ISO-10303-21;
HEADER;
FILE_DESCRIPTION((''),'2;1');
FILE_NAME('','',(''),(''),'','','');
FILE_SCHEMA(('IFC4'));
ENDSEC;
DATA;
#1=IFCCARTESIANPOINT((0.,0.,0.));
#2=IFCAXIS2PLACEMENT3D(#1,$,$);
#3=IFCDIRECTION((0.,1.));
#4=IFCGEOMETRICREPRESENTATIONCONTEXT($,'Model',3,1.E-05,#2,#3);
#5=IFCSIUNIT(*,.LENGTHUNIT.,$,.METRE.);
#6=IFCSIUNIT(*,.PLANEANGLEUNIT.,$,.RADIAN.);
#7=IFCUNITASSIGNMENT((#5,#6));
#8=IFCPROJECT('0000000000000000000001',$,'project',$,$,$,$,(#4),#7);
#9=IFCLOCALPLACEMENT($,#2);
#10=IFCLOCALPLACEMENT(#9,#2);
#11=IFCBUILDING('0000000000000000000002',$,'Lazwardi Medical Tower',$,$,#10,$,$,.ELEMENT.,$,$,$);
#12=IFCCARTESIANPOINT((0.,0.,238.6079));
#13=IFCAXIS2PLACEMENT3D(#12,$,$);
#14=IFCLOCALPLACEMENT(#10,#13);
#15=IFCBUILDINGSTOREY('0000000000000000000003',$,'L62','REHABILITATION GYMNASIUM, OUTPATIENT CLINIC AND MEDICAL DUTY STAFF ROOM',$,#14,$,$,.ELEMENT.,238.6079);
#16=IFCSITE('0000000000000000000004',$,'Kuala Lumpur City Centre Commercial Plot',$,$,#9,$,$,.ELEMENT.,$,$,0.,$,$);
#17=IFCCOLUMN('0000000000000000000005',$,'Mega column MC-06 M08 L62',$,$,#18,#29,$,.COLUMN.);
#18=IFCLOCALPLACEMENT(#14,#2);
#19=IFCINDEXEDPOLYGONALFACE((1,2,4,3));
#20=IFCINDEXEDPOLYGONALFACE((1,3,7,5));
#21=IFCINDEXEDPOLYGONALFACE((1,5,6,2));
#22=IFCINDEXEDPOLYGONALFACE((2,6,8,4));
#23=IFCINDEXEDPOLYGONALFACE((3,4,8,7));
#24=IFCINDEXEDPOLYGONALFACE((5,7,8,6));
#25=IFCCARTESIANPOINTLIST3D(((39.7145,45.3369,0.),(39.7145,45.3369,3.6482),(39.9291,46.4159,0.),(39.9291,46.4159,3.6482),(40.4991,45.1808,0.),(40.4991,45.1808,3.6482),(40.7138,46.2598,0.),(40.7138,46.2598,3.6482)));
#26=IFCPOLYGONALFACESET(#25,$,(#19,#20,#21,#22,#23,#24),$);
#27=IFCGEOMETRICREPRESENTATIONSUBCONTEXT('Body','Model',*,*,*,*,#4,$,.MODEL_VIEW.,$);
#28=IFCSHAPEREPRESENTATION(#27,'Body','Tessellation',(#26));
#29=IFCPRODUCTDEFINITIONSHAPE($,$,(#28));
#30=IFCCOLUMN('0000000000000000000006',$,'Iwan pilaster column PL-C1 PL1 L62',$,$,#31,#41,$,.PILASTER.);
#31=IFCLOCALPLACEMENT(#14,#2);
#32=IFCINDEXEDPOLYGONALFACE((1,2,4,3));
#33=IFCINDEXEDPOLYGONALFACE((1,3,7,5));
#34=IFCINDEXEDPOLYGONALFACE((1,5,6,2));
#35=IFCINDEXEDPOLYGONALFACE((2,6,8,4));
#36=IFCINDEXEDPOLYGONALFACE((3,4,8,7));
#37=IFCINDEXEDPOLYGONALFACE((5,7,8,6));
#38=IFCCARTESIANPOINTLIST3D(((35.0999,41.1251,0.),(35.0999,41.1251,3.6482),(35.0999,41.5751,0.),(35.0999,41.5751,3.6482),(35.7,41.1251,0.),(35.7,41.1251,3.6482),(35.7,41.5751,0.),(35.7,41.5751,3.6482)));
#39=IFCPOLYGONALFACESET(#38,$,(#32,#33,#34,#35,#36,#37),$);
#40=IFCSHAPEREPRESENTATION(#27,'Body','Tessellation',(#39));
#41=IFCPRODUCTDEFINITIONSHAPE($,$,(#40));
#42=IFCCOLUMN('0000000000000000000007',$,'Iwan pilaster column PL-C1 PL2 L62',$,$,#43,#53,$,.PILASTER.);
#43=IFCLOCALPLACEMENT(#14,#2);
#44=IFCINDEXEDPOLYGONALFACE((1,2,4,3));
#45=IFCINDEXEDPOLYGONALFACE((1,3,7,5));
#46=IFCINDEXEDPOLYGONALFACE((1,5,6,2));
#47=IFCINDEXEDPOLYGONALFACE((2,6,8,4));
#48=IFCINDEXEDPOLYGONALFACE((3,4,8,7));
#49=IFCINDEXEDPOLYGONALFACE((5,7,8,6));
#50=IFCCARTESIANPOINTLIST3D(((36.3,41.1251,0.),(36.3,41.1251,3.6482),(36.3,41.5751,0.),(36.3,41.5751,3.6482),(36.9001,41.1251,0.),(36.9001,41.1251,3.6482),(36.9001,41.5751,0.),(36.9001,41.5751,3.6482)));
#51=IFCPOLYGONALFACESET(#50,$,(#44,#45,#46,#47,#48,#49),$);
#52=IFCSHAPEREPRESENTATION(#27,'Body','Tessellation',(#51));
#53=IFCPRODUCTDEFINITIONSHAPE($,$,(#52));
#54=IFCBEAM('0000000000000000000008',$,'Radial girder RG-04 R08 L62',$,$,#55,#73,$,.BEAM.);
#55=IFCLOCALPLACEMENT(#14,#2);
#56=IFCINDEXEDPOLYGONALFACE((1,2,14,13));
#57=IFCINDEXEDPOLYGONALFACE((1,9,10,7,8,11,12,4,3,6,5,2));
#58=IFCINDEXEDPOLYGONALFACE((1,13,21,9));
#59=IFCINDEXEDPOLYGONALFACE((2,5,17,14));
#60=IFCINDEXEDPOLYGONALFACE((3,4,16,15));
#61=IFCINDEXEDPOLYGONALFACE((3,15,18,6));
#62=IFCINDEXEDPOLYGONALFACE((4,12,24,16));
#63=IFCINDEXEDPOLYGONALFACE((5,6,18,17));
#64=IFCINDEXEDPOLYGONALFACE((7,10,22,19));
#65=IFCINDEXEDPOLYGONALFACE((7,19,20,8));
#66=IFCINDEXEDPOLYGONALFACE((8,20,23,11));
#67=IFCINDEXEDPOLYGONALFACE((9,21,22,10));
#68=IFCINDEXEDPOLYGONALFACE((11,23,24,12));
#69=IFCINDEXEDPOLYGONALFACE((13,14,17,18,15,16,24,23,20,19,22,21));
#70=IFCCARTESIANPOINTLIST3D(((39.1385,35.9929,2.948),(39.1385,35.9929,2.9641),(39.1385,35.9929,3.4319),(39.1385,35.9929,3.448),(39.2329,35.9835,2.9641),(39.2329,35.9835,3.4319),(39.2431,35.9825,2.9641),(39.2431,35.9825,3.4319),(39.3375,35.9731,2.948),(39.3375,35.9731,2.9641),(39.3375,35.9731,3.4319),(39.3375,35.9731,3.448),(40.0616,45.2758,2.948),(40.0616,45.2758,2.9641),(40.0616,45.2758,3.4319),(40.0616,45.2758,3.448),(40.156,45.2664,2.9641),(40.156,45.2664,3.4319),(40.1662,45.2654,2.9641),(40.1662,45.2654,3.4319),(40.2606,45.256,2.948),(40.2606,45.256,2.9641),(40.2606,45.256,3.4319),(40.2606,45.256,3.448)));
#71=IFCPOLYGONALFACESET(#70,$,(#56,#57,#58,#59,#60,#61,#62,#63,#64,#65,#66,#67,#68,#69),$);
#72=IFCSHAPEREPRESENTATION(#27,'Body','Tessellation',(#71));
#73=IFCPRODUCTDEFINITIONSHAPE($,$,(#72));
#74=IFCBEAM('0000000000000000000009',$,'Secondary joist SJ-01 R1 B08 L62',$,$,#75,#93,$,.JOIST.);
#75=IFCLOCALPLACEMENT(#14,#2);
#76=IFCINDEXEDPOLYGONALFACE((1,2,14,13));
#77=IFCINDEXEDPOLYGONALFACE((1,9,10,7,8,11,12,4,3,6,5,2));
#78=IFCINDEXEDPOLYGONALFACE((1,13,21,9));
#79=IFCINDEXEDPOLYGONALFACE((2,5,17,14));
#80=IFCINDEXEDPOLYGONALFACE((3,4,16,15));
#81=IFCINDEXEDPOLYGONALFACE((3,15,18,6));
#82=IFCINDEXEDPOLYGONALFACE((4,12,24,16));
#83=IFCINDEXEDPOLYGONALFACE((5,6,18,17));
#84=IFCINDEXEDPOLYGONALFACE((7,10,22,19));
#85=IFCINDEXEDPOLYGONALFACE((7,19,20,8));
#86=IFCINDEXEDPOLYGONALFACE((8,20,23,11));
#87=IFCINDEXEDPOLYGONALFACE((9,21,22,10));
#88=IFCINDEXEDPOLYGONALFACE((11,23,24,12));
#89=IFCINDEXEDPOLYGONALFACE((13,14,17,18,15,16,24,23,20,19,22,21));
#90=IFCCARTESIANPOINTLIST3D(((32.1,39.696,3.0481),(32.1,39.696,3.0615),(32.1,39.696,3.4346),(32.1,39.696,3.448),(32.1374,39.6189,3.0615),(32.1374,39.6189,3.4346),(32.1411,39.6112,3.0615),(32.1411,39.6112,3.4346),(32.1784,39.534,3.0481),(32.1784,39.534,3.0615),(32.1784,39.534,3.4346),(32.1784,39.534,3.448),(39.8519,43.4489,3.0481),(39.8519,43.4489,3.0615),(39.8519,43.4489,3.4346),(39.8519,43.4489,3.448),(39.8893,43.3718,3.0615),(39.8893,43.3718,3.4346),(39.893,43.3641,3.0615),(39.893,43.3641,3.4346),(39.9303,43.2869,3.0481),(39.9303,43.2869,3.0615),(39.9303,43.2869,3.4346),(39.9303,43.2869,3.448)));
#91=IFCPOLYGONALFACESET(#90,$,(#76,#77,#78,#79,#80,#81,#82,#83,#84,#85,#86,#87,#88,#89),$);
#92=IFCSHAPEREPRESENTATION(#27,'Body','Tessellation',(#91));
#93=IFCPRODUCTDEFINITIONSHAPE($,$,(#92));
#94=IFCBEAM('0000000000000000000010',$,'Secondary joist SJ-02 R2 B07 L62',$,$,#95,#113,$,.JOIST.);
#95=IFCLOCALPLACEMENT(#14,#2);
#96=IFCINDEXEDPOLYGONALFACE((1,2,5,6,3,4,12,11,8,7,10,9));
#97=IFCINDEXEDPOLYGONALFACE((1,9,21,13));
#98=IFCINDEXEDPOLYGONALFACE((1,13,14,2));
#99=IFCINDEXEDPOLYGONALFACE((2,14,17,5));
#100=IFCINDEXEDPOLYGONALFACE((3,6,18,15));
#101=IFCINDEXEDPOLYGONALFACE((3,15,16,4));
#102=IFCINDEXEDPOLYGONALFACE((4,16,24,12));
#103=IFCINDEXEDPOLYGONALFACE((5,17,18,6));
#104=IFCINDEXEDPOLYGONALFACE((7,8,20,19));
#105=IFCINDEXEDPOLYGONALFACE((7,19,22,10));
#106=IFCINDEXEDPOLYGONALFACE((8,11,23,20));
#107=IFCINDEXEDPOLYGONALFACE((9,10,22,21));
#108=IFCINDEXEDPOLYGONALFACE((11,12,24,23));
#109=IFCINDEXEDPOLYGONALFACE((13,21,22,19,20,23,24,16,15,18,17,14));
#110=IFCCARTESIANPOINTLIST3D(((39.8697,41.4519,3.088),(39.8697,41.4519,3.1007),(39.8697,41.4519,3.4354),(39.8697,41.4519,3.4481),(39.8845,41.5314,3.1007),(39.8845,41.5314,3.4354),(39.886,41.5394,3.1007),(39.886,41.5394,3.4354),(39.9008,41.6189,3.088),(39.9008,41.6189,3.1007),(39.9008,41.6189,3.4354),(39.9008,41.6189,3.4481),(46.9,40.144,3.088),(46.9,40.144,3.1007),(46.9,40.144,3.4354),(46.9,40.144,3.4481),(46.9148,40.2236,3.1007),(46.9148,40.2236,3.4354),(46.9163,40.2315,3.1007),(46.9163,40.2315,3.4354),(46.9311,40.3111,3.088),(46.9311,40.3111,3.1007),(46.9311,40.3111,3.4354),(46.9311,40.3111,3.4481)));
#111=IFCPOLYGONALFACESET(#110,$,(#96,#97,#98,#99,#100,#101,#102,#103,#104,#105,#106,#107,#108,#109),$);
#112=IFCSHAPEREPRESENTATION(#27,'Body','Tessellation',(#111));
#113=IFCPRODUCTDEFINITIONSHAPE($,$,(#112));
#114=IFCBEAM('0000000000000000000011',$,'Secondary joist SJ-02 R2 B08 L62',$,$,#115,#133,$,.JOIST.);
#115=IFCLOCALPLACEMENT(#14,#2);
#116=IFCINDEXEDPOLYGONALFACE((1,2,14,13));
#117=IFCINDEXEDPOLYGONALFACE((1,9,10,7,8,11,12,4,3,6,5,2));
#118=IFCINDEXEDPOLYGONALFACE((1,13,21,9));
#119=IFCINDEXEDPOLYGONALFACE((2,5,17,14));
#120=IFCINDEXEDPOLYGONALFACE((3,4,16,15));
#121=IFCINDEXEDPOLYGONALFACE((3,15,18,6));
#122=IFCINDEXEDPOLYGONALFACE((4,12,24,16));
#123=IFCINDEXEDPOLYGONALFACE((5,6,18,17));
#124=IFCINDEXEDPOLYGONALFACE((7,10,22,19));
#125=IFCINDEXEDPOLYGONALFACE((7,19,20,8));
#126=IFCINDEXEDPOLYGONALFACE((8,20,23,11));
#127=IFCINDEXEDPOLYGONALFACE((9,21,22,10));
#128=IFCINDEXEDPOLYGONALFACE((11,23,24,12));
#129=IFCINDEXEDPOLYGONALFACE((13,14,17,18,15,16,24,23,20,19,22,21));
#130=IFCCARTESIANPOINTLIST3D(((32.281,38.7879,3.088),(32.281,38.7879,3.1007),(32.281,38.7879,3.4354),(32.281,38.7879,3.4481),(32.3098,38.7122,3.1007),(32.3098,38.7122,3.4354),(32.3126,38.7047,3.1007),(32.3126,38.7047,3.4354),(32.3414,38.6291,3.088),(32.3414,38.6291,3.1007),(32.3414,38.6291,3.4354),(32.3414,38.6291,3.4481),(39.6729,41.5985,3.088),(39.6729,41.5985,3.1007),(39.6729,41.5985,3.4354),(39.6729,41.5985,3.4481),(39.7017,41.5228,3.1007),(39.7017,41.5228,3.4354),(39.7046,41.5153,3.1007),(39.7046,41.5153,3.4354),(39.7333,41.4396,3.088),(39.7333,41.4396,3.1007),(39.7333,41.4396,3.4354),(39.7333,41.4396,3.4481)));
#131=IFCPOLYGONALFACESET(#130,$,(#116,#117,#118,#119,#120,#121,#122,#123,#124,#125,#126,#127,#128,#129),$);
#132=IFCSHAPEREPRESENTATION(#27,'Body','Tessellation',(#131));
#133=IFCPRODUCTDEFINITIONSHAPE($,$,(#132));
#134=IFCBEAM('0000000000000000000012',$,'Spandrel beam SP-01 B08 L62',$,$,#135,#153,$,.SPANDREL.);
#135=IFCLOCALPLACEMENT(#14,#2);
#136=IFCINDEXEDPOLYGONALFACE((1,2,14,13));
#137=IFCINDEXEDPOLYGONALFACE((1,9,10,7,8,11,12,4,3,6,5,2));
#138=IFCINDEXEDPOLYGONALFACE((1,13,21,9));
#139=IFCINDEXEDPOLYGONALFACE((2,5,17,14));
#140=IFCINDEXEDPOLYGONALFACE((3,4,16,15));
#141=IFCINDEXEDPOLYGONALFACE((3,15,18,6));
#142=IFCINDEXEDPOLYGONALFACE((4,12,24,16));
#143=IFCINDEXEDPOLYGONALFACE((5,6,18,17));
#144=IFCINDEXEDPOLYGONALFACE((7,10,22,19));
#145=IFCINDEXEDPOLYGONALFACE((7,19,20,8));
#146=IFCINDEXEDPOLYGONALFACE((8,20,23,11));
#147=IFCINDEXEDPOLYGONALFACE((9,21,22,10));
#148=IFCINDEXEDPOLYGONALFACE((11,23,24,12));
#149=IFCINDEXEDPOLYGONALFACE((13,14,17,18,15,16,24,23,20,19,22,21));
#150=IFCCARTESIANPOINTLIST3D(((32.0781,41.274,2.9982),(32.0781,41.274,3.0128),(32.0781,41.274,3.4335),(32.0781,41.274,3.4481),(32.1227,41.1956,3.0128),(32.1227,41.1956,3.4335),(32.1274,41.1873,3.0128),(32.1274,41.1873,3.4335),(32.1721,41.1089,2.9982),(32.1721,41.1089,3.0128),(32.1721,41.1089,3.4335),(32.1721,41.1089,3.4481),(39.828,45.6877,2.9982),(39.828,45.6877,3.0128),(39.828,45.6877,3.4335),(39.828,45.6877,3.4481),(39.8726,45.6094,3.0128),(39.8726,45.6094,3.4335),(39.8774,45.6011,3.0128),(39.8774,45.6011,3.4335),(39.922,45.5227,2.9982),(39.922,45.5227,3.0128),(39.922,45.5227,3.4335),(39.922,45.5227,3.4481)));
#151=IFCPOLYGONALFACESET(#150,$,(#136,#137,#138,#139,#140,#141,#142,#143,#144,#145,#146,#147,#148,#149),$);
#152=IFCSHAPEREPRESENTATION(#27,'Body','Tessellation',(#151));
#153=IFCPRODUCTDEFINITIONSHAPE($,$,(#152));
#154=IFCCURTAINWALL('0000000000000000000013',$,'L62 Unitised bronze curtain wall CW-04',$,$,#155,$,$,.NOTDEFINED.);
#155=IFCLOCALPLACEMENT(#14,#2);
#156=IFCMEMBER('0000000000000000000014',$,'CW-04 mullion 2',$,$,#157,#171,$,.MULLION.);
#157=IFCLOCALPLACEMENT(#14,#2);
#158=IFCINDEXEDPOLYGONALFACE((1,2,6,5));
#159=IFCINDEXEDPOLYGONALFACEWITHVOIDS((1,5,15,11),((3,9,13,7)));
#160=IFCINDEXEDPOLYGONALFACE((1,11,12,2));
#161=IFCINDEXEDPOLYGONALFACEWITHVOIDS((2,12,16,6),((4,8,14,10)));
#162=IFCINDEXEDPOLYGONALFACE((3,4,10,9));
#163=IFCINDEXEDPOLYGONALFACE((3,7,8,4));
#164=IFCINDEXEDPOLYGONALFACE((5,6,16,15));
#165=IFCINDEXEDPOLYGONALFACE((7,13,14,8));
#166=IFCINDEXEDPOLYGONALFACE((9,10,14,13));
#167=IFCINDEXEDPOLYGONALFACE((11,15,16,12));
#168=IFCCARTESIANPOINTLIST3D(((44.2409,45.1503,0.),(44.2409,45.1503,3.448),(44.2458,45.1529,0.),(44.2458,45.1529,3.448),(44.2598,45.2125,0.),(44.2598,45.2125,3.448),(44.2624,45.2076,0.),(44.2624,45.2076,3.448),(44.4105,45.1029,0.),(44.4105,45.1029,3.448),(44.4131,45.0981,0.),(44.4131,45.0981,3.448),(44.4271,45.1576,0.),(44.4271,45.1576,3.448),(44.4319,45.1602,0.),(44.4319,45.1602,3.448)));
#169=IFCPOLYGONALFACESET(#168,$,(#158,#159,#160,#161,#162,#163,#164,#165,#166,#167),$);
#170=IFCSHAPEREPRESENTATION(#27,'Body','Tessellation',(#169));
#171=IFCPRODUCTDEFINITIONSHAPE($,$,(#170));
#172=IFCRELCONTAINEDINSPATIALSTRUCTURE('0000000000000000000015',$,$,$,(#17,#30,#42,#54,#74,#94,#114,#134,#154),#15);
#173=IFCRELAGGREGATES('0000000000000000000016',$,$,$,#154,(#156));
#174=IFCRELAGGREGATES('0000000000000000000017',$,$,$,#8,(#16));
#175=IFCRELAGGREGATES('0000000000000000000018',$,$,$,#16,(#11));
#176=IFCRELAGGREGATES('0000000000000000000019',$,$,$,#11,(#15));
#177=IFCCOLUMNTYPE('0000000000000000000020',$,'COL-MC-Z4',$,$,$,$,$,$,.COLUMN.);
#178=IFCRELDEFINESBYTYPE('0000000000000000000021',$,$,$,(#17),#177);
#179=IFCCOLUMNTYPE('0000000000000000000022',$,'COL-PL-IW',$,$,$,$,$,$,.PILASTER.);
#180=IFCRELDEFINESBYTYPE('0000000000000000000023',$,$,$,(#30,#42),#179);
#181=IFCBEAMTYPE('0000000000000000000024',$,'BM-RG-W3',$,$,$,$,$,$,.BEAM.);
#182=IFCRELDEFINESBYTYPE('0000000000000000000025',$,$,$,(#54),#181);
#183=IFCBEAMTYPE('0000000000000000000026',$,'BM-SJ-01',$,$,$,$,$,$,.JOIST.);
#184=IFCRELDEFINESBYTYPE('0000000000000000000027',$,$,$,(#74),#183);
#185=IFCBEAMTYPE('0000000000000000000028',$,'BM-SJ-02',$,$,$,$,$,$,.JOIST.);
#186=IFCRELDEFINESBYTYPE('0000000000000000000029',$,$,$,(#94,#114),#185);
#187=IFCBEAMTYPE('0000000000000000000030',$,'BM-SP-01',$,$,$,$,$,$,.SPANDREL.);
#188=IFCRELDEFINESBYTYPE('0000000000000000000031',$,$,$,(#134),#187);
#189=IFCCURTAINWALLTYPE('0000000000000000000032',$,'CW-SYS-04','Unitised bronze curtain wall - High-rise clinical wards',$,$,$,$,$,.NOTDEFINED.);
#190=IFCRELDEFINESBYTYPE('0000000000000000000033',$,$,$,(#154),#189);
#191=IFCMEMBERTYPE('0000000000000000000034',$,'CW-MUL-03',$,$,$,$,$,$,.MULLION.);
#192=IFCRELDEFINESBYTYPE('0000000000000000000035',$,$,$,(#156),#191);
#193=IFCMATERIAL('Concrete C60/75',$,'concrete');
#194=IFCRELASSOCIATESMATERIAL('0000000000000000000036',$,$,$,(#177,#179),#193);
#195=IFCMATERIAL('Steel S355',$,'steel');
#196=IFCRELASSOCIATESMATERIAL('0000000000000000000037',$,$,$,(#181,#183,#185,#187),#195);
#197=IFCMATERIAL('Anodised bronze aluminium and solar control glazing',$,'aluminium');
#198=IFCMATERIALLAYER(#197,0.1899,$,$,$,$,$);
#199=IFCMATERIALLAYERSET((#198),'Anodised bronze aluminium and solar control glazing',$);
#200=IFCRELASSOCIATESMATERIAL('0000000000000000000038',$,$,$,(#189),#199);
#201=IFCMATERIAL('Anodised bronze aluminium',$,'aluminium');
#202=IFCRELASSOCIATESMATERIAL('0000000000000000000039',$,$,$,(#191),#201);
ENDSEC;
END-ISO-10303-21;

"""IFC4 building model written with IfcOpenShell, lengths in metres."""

from ifc_helpers import new_model, si_unit, direction, frame, origin, origin_2d, place, context, subcontext, project, spatial, rectangle, hollow_rectangle, i_section, extrude, material, layer, layer_set, material_profile, profile_set, type_object, element, aggregate, save


model = new_model("IFC4")

# Units and contexts
model_context = context("Model", 3, precision=1e-05, world=origin(), true_north=direction((0.0, 1.0)))
body_context = subcontext(model_context, "Body", "Model", "MODEL_VIEW")
ifc_project = project(units=[si_unit("LENGTHUNIT", "METRE"), si_unit("PLANEANGLEUNIT", "RADIAN")], contexts=[model_context])

# Site, building, storey
site_placement = place(None, origin())
site = spatial("IfcSite", under=ifc_project, at=site_placement, Name="Kuala Lumpur City Centre Commercial Plot", CompositionType="ELEMENT", RefElevation=0.0)
building_placement = place(site_placement, origin())
building = spatial("IfcBuilding", under=site, at=building_placement, Name="Lazwardi Medical Tower", CompositionType="ELEMENT")
storey_placement = place(building_placement, frame((0.0, 0.0, 238.6079)))
storey = spatial("IfcBuildingStorey", under=building, at=storey_placement, Name="L62", Description="REHABILITATION GYMNASIUM, OUTPATIENT CLINIC AND MEDICAL DUTY STAFF ROOM", CompositionType="ELEMENT", Elevation=238.6079)

# Columns
ifc_material_1 = material(Name="Concrete C60/75", Category="concrete")
ifc_material_profile_1 = material_profile(ifc_material_1, rectangle(XDim=1.1001, YDim=0.8, at=origin_2d()), Name="CFT-RECT 1100x800")
ifc_profile_set_1 = profile_set([ifc_material_profile_1], Name="Concrete C60/75")
column_type_1 = type_object("IfcColumnType", Name="COL-MC-Z4", PredefinedType="COLUMN", material=ifc_profile_set_1)
column_placement = place(storey_placement, frame((40.2141, 45.7983, 0.0), z_axis=(0.0, 0.0, 1.0), x_axis=(0.19509, 0.980785, 0.0)))
element("IfcColumn", 1, at=column_placement, inside=storey, type_object=column_type_1, Name="Mega column MC-06 M08 L62", PredefinedType="COLUMN", context=body_context, shape_type="SweptSolid", body=[
    extrude(rectangle(XDim=1.1001, YDim=0.8, at=origin_2d()), origin(), (0.0, 0.0, 1.0), 3.6482),
])
ifc_material_profile_2 = material_profile(ifc_material_1, rectangle(XDim=0.6001, YDim=0.45, at=origin_2d()), Name="RC 600x450")
ifc_profile_set_2 = profile_set([ifc_material_profile_2], Name="Concrete C60/75")
column_type_2 = type_object("IfcColumnType", Name="COL-PL-IW", PredefinedType="PILASTER", material=ifc_profile_set_2)
for number, where, z_axis, x_axis, name in (
    (2, (35.3999, 41.3501, 0.0), (0.0, 0.0, 1.0), (1.0, 0.0, 0.0), "Iwan pilaster column PL-C1 PL1 L62"),
    (3, (36.6001, 41.3501, 0.0), (0.0, 0.0, 1.0), (1.0, 0.0, 0.0), "Iwan pilaster column PL-C1 PL2 L62"),
):
    element("IfcColumn", number, at=place(storey_placement, frame(where, z_axis=z_axis, x_axis=x_axis)), inside=storey, type_object=column_type_2, Name=name, PredefinedType="PILASTER", context=body_context, shape_type="SweptSolid", body=[
        extrude(rectangle(XDim=0.6001, YDim=0.45, at=origin_2d()), origin(), (0.0, 0.0, 1.0), 3.6482),
    ])

# Beams
ifc_material_2 = material(Name="Steel S355", Category="steel")
ifc_material_profile_3 = material_profile(ifc_material_2, i_section(OverallWidth=0.2, OverallDepth=0.5, WebThickness=0.0103, FlangeThickness=0.0161, at=origin_2d()), Name="IPE 500")
ifc_profile_set_3 = profile_set([ifc_material_profile_3], Name="Steel S355")
beam_type_1 = type_object("IfcBeamType", Name="BM-RG-W3", PredefinedType="BEAM", material=ifc_profile_set_3)
beam_1_placement = place(storey_placement, frame((40.1611, 45.2659, 3.198), z_axis=(-0.098954, -0.995092, 0.0), x_axis=(0.995092, -0.098954, 0.0)))
element("IfcBeam", 4, at=beam_1_placement, inside=storey, type_object=beam_type_1, Name="Radial girder RG-04 R08 L62", PredefinedType="BEAM", context=body_context, shape_type="SweptSolid", body=[
    extrude(i_section(OverallWidth=0.2, OverallDepth=0.5, WebThickness=0.0103, FlangeThickness=0.0161, at=origin_2d()), origin(), (0.0, 0.0, 1.0), 9.3286),
])
ifc_material_profile_4 = material_profile(ifc_material_2, i_section(OverallWidth=0.1799, OverallDepth=0.3999, WebThickness=0.0085, FlangeThickness=0.0134, at=origin_2d()), Name="IPE 400")
ifc_profile_set_4 = profile_set([ifc_material_profile_4], Name="Steel S355")
beam_type_2 = type_object("IfcBeamType", Name="BM-SJ-01", PredefinedType="JOIST", material=ifc_profile_set_4)
beam_2_placement = place(storey_placement, frame((39.8911, 43.3679, 3.248), z_axis=(-0.900069, -0.435748, 0.0), x_axis=(0.435748, -0.900069, 0.0)))
element("IfcBeam", 5, at=beam_2_placement, inside=storey, type_object=beam_type_2, Name="Secondary joist SJ-01 R1 B08 L62", PredefinedType="JOIST", context=body_context, shape_type="SweptSolid", body=[
    extrude(i_section(OverallWidth=0.1799, OverallDepth=0.3999, WebThickness=0.0085, FlangeThickness=0.0134, at=origin_2d()), origin(), (0.0, 0.0, 1.0), 8.6125),
])
ifc_material_profile_5 = material_profile(ifc_material_2, i_section(OverallWidth=0.1699, OverallDepth=0.3601, WebThickness=0.0081, FlangeThickness=0.0127, at=origin_2d()), Name="IPE 360")
ifc_profile_set_5 = profile_set([ifc_material_profile_5], Name="Steel S355")
beam_type_3 = type_object("IfcBeamType", Name="BM-SJ-02", PredefinedType="JOIST", material=ifc_profile_set_5)
beam_3_placement = place(storey_placement, frame((46.9155, 40.2275, 3.2681), z_axis=(-0.983132, 0.182895, 0.0), x_axis=(-0.182895, -0.983132, 0.0)))
element("IfcBeam", 6, at=beam_3_placement, inside=storey, type_object=beam_type_3, Name="Secondary joist SJ-02 R2 B07 L62", PredefinedType="JOIST", context=body_context, shape_type="SweptSolid", body=[
    extrude(i_section(OverallWidth=0.1699, OverallDepth=0.3601, WebThickness=0.0081, FlangeThickness=0.0127, at=origin_2d()), origin(), (0.0, 0.0, 1.0), 7.1509),
])
beam_4_placement = place(storey_placement, frame((39.7031, 41.519, 3.2681), z_axis=(-0.934714, -0.3554, 0.0), x_axis=(0.3554, -0.934714, 0.0)))
element("IfcBeam", 7, at=beam_4_placement, inside=storey, type_object=beam_type_3, Name="Secondary joist SJ-02 R2 B08 L62", PredefinedType="JOIST", context=body_context, shape_type="SweptSolid", body=[
    extrude(i_section(OverallWidth=0.1699, OverallDepth=0.3601, WebThickness=0.0081, FlangeThickness=0.0127, at=origin_2d()), origin(), (0.0, 0.0, 1.0), 7.9082),
])
ifc_material_profile_6 = material_profile(ifc_material_2, i_section(OverallWidth=0.1899, OverallDepth=0.45, WebThickness=0.0095, FlangeThickness=0.0146, at=origin_2d()), Name="IPE 450")
ifc_profile_set_6 = profile_set([ifc_material_profile_6], Name="Steel S355")
beam_type_4 = type_object("IfcBeamType", Name="BM-SP-01", PredefinedType="SPANDREL", material=ifc_profile_set_6)
beam_5_placement = place(storey_placement, frame((39.875, 45.6052, 3.2231), z_axis=(-0.868955, -0.494891, 0.0), x_axis=(0.494891, -0.868955, 0.0)))
element("IfcBeam", 8, at=beam_5_placement, inside=storey, type_object=beam_type_4, Name="Spandrel beam SP-01 B08 L62", PredefinedType="SPANDREL", context=body_context, shape_type="SweptSolid", body=[
    extrude(i_section(OverallWidth=0.1899, OverallDepth=0.45, WebThickness=0.0095, FlangeThickness=0.0146, at=origin_2d()), origin(), (0.0, 0.0, 1.0), 8.9187),
])

# Curtain wall, member
ifc_material_3 = material(Name="Anodised bronze aluminium and solar control glazing", Category="aluminium")
ifc_layer_1 = layer(ifc_material_3, 0.1899)
ifc_layer_set_1 = layer_set([ifc_layer_1], Name="Anodised bronze aluminium and solar control glazing")
curtain_wall_type = type_object("IfcCurtainWallType", Name="CW-SYS-04", Description="Unitised bronze curtain wall - High-rise clinical wards", PredefinedType="NOTDEFINED", material=ifc_layer_set_1)
curtain_wall_placement = place(storey_placement, origin())
curtain_wall = element("IfcCurtainWall", 9, at=curtain_wall_placement, inside=storey, type_object=curtain_wall_type, Name="L62 Unitised bronze curtain wall CW-04", PredefinedType="NOTDEFINED")
ifc_material_4 = material(Name="Anodised bronze aluminium", Category="aluminium")
ifc_material_profile_7 = material_profile(ifc_material_4, hollow_rectangle(XDim=0.0649, YDim=0.1799, WallThickness=0.0039, at=origin_2d()), Name="ALU-MULLION 180x65x4")
ifc_profile_set_7 = profile_set([ifc_material_profile_7], Name="Anodised bronze aluminium")
member_type_1 = type_object("IfcMemberType", Name="CW-MUL-03", PredefinedType="MULLION", material=ifc_profile_set_7)
member_1_placement = place(storey_placement, frame((44.3364, 45.1553, 0.0), z_axis=(0.0, 0.0, 1.0), x_axis=(-0.290582, -0.95685, 0.0)))
member_1 = element("IfcMember", 10, at=member_1_placement, type_object=member_type_1, Name="CW-04 mullion 2", PredefinedType="MULLION", context=body_context, shape_type="SweptSolid", body=[
    extrude(hollow_rectangle(XDim=0.0649, YDim=0.1799, WallThickness=0.0039, at=origin_2d()), origin(), (0.0, 0.0, 1.0), 3.448),
])
aggregate(curtain_wall, [member_1])

save(model, "model.ifc")
